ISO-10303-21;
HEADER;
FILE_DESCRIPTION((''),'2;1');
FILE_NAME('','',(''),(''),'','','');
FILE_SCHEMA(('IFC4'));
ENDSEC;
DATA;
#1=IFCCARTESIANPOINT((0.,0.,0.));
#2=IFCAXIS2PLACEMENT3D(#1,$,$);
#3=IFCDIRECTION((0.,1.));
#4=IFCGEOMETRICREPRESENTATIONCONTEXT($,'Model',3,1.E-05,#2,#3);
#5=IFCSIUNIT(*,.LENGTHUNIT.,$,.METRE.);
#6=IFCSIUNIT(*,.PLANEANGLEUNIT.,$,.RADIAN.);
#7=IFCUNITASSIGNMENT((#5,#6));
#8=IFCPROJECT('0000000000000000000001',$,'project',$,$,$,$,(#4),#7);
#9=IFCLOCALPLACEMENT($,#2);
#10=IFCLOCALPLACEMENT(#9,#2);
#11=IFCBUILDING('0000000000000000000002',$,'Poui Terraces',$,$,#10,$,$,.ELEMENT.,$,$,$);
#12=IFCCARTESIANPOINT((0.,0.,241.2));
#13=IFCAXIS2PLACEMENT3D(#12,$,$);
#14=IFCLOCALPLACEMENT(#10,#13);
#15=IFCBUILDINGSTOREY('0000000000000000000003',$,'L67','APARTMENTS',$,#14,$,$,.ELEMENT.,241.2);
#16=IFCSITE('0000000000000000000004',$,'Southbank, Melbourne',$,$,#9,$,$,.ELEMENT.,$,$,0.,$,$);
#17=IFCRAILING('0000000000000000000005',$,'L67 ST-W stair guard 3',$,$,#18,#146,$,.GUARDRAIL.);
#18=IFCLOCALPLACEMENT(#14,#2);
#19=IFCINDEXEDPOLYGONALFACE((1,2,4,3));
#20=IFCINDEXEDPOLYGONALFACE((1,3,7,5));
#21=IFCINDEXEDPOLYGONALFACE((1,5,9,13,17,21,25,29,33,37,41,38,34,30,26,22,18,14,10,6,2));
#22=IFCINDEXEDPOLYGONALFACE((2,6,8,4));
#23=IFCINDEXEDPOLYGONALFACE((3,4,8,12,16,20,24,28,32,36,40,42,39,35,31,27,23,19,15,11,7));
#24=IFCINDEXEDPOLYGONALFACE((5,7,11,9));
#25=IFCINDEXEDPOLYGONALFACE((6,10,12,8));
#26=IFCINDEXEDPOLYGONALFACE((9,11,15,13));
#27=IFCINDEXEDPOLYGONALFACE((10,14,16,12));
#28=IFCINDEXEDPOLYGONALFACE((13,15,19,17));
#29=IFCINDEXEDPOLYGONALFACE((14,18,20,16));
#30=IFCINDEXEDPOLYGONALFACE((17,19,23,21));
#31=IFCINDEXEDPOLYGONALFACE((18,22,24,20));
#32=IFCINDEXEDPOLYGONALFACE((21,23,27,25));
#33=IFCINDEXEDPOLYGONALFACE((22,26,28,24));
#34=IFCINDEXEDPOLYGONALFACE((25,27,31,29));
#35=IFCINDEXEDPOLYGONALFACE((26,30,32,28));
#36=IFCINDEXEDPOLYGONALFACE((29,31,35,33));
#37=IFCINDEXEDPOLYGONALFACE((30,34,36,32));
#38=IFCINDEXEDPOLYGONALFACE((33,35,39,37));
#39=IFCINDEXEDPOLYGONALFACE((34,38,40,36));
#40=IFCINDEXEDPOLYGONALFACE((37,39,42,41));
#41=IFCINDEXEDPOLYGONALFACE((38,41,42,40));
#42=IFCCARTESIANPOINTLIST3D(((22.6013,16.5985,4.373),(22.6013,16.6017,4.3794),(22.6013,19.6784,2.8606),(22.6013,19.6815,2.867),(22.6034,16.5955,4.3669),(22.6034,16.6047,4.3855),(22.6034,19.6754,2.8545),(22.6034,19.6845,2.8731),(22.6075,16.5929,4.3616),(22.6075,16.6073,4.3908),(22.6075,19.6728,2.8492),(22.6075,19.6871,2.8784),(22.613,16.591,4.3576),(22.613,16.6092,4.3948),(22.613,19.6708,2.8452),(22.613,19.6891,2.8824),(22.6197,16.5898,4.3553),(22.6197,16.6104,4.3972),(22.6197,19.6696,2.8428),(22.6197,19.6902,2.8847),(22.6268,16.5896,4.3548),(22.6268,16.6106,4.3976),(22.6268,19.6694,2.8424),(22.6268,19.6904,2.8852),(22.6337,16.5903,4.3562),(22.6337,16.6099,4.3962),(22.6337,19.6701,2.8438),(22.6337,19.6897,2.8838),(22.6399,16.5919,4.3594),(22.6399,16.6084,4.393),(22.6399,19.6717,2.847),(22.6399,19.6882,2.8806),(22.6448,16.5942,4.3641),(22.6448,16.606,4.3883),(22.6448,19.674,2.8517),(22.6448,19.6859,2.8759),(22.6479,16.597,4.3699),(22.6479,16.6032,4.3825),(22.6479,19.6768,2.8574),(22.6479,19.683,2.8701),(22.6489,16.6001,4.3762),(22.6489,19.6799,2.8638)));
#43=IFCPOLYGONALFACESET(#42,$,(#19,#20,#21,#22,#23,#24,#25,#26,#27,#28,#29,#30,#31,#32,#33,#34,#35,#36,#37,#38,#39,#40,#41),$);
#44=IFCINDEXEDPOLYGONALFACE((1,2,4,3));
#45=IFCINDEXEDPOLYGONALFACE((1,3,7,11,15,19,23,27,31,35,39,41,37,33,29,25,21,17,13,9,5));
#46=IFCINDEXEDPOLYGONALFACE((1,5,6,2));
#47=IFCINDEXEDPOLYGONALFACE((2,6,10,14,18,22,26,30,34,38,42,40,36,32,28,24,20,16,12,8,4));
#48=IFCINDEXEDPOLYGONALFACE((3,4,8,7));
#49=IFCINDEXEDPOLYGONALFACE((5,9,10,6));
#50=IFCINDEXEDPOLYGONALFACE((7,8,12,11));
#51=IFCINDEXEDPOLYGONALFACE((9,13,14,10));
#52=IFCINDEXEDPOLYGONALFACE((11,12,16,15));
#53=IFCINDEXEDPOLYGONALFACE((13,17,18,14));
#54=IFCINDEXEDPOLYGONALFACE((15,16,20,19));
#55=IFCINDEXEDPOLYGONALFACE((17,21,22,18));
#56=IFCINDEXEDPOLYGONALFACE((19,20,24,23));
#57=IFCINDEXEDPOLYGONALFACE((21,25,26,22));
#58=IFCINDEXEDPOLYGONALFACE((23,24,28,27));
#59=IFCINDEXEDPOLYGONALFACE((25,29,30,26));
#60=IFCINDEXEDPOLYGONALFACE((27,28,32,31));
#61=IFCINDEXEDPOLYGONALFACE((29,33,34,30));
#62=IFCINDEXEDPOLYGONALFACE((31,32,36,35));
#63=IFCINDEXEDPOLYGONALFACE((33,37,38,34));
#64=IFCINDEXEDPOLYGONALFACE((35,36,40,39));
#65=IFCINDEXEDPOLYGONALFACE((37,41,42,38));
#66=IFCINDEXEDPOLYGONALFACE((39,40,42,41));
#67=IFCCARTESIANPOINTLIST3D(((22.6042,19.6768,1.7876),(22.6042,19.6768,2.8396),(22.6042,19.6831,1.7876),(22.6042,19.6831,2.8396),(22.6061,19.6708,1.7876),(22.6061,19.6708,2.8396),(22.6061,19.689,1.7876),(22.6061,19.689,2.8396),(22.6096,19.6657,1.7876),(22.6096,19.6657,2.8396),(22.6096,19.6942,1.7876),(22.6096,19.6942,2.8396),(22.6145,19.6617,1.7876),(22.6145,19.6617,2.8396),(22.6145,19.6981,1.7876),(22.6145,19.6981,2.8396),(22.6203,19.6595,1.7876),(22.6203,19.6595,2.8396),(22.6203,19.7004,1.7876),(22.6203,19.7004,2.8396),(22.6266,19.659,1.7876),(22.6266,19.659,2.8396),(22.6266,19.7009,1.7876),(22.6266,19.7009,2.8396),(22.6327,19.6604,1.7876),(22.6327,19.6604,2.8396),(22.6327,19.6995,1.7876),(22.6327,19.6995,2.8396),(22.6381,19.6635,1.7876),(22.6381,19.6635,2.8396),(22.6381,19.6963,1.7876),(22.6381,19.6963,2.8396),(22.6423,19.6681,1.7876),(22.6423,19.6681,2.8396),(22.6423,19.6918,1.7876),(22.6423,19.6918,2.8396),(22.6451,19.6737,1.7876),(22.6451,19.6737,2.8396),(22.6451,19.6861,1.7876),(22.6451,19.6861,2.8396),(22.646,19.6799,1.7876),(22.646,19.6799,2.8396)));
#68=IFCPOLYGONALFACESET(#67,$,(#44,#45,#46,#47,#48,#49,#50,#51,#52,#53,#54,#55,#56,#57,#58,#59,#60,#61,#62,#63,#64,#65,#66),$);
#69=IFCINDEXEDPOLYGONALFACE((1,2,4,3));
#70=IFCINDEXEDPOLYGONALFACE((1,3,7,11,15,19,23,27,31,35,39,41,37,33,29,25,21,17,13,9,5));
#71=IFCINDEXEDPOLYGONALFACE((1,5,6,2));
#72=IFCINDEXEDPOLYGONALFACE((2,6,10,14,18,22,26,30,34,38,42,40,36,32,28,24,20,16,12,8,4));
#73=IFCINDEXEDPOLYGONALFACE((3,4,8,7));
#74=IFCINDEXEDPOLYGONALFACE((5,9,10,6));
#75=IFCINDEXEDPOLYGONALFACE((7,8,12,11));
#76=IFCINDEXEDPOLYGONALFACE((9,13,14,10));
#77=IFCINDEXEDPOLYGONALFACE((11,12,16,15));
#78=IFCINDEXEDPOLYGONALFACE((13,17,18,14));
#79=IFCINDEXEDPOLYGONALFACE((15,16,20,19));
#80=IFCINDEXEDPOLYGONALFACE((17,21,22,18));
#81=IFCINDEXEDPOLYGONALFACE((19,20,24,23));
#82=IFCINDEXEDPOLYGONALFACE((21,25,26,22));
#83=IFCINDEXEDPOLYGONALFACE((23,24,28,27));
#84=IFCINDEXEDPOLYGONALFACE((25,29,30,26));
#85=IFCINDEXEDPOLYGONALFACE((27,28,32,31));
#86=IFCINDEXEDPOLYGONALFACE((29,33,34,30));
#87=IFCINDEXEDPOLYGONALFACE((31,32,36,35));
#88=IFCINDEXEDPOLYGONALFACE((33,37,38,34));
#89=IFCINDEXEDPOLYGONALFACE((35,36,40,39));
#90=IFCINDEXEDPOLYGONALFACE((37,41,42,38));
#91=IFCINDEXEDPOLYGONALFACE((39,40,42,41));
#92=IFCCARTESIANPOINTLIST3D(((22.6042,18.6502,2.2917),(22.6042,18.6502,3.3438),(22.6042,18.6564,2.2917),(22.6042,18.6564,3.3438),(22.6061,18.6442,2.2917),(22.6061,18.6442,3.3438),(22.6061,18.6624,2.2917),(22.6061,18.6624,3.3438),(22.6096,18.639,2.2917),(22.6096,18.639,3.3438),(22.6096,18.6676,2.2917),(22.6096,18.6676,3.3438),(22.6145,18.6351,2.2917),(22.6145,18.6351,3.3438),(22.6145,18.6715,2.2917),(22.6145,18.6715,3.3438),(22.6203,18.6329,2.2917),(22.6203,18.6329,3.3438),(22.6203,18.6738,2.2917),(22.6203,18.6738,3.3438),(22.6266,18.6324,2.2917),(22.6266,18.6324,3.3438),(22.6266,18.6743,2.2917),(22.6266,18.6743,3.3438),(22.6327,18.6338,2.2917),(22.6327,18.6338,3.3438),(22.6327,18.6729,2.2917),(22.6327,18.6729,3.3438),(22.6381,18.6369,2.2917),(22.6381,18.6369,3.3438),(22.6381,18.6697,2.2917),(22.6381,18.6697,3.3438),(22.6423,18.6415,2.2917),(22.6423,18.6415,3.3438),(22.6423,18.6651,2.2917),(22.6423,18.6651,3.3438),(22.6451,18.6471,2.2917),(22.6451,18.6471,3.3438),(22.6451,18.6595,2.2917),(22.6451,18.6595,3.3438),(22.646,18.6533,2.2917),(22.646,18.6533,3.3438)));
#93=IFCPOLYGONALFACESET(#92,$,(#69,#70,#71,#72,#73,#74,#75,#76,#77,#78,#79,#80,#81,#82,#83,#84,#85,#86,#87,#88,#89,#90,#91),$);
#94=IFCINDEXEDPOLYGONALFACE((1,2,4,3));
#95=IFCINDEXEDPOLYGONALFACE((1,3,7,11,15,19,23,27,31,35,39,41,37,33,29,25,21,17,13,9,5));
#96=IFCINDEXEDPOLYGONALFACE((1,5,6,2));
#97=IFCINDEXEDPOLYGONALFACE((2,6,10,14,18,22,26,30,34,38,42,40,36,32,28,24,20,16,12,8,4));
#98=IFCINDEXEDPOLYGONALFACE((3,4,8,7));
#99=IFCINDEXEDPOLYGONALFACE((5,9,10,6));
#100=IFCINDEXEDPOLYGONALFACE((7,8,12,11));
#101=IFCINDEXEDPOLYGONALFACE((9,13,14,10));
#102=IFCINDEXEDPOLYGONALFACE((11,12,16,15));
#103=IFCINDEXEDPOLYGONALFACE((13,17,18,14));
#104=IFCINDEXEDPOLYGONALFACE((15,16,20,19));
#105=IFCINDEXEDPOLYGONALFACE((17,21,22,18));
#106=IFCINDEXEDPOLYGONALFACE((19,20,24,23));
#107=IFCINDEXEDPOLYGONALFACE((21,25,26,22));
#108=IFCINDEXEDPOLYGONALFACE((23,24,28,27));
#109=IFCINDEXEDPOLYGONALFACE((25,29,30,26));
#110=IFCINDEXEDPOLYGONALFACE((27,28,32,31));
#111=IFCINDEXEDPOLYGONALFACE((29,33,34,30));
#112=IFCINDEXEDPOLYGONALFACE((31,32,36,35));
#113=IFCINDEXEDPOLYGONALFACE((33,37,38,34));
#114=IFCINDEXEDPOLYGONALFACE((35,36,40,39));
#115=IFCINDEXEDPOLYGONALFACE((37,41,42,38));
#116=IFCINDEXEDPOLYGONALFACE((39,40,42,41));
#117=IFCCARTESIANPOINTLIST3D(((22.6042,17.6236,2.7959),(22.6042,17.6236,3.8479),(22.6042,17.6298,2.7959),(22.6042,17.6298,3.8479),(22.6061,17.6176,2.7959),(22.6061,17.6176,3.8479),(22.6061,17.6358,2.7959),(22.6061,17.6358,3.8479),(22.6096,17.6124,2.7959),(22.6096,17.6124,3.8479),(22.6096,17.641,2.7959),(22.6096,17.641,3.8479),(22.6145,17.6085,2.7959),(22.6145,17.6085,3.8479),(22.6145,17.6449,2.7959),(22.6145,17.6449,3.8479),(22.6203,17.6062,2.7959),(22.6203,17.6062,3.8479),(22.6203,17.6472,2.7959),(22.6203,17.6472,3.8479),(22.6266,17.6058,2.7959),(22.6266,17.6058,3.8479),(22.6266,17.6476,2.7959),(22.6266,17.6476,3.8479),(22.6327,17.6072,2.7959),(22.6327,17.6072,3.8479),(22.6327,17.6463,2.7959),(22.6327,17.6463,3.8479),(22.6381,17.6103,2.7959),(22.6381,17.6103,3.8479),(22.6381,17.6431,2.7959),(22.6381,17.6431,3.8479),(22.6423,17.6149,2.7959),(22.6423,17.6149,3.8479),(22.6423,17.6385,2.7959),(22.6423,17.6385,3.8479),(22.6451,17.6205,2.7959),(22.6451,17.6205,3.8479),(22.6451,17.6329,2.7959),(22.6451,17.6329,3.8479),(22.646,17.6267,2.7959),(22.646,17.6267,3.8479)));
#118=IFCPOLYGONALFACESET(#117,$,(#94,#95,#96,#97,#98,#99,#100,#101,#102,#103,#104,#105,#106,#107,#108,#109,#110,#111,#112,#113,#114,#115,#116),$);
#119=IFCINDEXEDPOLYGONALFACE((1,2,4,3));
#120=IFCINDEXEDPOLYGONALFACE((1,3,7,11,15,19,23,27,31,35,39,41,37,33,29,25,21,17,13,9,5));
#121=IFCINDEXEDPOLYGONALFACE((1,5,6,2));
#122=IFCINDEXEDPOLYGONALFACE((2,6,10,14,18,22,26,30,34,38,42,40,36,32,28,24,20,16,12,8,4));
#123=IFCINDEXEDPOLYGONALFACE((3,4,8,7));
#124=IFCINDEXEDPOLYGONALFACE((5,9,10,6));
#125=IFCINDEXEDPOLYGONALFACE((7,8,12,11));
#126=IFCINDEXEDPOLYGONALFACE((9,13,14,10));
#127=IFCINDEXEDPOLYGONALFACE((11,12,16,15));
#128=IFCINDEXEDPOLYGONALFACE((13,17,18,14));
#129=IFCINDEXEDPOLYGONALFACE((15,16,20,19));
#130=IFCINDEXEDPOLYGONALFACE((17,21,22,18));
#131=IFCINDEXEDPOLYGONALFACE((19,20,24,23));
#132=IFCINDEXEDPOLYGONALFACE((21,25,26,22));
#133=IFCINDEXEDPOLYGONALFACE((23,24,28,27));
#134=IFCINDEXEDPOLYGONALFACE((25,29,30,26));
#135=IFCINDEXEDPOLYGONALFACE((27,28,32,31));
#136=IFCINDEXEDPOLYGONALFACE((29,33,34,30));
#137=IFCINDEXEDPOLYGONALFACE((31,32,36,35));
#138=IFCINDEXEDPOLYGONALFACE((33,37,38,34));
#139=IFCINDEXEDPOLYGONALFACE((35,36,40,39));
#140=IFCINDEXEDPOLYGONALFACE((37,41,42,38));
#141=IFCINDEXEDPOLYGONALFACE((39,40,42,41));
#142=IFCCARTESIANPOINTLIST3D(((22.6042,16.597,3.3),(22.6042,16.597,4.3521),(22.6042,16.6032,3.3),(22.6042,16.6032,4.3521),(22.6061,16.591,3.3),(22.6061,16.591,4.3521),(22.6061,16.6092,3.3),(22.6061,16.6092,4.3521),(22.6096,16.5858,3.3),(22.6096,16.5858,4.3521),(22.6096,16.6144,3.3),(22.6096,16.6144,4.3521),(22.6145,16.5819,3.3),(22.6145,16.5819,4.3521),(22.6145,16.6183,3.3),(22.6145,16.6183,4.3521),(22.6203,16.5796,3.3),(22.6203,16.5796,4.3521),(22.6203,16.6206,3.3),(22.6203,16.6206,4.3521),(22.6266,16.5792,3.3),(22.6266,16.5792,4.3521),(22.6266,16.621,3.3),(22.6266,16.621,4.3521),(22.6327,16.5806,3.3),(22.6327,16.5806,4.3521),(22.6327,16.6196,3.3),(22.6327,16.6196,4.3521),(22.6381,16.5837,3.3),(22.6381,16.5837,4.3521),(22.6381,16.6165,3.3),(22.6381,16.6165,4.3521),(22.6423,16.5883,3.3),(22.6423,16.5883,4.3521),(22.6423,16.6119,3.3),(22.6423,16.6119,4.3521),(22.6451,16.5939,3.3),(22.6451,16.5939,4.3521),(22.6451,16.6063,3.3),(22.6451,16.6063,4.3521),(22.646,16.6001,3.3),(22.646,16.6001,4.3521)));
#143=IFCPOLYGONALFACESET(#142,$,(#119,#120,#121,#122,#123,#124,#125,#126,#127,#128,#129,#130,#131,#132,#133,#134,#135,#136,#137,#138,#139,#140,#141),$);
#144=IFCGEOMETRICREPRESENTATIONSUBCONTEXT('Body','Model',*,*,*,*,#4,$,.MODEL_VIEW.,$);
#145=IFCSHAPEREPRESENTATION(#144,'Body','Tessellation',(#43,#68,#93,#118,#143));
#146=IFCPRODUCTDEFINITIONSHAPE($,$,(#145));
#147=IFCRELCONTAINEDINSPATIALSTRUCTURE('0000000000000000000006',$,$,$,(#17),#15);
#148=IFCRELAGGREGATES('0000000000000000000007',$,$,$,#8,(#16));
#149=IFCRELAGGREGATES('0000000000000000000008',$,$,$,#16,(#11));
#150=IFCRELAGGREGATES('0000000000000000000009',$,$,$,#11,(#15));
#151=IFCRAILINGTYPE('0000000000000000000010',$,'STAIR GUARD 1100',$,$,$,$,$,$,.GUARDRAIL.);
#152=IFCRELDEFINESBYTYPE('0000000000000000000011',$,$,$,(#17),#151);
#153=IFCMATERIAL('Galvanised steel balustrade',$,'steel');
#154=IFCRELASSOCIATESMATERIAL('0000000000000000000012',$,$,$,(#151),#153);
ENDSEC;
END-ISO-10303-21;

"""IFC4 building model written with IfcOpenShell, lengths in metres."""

from ifc_helpers import new_model, si_unit, direction, frame, origin, origin_2d, place, context, subcontext, project, spatial, circle, extrude, material, type_object, element, save


model = new_model("IFC4")

# Units and contexts
model_context = context("Model", 3, precision=1e-05, world=origin(), true_north=direction((0.0, 1.0)))
body_context = subcontext(model_context, "Body", "Model", "MODEL_VIEW")
ifc_project = project(units=[si_unit("LENGTHUNIT", "METRE"), si_unit("PLANEANGLEUNIT", "RADIAN")], contexts=[model_context])

# Site, building, storey
site_placement = place(None, origin())
site = spatial("IfcSite", under=ifc_project, at=site_placement, Name="Southbank, Melbourne", CompositionType="ELEMENT", RefElevation=0.0)
building_placement = place(site_placement, origin())
building = spatial("IfcBuilding", under=site, at=building_placement, Name="Poui Terraces", CompositionType="ELEMENT")
storey_placement = place(building_placement, frame((0.0, 0.0, 241.2)))
storey = spatial("IfcBuildingStorey", under=building, at=storey_placement, Name="L67", Description="APARTMENTS", CompositionType="ELEMENT", Elevation=241.2)

# Railing
ifc_material_1 = material(Name="Galvanised steel balustrade", Category="steel")
railing_type_1 = type_object("IfcRailingType", Name="STAIR GUARD 1100", PredefinedType="GUARDRAIL", material=ifc_material_1)
railing_1_placement = place(storey_placement, frame((22.625, 19.6799, 1.7876)))
element("IfcRailing", 1, at=railing_1_placement, inside=storey, type_object=railing_type_1, Name="L67 ST-W stair guard 3", PredefinedType="GUARDRAIL", context=body_context, shape_type="SweptSolid", body=[
    extrude(circle(Radius=0.0239, at=origin_2d()), frame((0.0, 0.0, 1.0762), z_axis=(0.0, -0.897606, 0.440798), x_axis=(1.0, 0.0, 0.0)), (0.0, 0.0, 1.0), 3.4312),
    extrude(circle(Radius=0.021, at=origin_2d()), origin(), (0.0, 0.0, 1.0), 1.052),
    extrude(circle(Radius=0.021, at=origin_2d()), frame((0.0, -1.0266, 0.5042)), (0.0, 0.0, 1.0), 1.052),
    extrude(circle(Radius=0.021, at=origin_2d()), frame((0.0, -2.0532, 1.0083)), (0.0, 0.0, 1.0), 1.052),
    extrude(circle(Radius=0.021, at=origin_2d()), frame((0.0, -3.0798, 1.5125)), (0.0, 0.0, 1.0), 1.052),
])

save(model, "model.ifc")
